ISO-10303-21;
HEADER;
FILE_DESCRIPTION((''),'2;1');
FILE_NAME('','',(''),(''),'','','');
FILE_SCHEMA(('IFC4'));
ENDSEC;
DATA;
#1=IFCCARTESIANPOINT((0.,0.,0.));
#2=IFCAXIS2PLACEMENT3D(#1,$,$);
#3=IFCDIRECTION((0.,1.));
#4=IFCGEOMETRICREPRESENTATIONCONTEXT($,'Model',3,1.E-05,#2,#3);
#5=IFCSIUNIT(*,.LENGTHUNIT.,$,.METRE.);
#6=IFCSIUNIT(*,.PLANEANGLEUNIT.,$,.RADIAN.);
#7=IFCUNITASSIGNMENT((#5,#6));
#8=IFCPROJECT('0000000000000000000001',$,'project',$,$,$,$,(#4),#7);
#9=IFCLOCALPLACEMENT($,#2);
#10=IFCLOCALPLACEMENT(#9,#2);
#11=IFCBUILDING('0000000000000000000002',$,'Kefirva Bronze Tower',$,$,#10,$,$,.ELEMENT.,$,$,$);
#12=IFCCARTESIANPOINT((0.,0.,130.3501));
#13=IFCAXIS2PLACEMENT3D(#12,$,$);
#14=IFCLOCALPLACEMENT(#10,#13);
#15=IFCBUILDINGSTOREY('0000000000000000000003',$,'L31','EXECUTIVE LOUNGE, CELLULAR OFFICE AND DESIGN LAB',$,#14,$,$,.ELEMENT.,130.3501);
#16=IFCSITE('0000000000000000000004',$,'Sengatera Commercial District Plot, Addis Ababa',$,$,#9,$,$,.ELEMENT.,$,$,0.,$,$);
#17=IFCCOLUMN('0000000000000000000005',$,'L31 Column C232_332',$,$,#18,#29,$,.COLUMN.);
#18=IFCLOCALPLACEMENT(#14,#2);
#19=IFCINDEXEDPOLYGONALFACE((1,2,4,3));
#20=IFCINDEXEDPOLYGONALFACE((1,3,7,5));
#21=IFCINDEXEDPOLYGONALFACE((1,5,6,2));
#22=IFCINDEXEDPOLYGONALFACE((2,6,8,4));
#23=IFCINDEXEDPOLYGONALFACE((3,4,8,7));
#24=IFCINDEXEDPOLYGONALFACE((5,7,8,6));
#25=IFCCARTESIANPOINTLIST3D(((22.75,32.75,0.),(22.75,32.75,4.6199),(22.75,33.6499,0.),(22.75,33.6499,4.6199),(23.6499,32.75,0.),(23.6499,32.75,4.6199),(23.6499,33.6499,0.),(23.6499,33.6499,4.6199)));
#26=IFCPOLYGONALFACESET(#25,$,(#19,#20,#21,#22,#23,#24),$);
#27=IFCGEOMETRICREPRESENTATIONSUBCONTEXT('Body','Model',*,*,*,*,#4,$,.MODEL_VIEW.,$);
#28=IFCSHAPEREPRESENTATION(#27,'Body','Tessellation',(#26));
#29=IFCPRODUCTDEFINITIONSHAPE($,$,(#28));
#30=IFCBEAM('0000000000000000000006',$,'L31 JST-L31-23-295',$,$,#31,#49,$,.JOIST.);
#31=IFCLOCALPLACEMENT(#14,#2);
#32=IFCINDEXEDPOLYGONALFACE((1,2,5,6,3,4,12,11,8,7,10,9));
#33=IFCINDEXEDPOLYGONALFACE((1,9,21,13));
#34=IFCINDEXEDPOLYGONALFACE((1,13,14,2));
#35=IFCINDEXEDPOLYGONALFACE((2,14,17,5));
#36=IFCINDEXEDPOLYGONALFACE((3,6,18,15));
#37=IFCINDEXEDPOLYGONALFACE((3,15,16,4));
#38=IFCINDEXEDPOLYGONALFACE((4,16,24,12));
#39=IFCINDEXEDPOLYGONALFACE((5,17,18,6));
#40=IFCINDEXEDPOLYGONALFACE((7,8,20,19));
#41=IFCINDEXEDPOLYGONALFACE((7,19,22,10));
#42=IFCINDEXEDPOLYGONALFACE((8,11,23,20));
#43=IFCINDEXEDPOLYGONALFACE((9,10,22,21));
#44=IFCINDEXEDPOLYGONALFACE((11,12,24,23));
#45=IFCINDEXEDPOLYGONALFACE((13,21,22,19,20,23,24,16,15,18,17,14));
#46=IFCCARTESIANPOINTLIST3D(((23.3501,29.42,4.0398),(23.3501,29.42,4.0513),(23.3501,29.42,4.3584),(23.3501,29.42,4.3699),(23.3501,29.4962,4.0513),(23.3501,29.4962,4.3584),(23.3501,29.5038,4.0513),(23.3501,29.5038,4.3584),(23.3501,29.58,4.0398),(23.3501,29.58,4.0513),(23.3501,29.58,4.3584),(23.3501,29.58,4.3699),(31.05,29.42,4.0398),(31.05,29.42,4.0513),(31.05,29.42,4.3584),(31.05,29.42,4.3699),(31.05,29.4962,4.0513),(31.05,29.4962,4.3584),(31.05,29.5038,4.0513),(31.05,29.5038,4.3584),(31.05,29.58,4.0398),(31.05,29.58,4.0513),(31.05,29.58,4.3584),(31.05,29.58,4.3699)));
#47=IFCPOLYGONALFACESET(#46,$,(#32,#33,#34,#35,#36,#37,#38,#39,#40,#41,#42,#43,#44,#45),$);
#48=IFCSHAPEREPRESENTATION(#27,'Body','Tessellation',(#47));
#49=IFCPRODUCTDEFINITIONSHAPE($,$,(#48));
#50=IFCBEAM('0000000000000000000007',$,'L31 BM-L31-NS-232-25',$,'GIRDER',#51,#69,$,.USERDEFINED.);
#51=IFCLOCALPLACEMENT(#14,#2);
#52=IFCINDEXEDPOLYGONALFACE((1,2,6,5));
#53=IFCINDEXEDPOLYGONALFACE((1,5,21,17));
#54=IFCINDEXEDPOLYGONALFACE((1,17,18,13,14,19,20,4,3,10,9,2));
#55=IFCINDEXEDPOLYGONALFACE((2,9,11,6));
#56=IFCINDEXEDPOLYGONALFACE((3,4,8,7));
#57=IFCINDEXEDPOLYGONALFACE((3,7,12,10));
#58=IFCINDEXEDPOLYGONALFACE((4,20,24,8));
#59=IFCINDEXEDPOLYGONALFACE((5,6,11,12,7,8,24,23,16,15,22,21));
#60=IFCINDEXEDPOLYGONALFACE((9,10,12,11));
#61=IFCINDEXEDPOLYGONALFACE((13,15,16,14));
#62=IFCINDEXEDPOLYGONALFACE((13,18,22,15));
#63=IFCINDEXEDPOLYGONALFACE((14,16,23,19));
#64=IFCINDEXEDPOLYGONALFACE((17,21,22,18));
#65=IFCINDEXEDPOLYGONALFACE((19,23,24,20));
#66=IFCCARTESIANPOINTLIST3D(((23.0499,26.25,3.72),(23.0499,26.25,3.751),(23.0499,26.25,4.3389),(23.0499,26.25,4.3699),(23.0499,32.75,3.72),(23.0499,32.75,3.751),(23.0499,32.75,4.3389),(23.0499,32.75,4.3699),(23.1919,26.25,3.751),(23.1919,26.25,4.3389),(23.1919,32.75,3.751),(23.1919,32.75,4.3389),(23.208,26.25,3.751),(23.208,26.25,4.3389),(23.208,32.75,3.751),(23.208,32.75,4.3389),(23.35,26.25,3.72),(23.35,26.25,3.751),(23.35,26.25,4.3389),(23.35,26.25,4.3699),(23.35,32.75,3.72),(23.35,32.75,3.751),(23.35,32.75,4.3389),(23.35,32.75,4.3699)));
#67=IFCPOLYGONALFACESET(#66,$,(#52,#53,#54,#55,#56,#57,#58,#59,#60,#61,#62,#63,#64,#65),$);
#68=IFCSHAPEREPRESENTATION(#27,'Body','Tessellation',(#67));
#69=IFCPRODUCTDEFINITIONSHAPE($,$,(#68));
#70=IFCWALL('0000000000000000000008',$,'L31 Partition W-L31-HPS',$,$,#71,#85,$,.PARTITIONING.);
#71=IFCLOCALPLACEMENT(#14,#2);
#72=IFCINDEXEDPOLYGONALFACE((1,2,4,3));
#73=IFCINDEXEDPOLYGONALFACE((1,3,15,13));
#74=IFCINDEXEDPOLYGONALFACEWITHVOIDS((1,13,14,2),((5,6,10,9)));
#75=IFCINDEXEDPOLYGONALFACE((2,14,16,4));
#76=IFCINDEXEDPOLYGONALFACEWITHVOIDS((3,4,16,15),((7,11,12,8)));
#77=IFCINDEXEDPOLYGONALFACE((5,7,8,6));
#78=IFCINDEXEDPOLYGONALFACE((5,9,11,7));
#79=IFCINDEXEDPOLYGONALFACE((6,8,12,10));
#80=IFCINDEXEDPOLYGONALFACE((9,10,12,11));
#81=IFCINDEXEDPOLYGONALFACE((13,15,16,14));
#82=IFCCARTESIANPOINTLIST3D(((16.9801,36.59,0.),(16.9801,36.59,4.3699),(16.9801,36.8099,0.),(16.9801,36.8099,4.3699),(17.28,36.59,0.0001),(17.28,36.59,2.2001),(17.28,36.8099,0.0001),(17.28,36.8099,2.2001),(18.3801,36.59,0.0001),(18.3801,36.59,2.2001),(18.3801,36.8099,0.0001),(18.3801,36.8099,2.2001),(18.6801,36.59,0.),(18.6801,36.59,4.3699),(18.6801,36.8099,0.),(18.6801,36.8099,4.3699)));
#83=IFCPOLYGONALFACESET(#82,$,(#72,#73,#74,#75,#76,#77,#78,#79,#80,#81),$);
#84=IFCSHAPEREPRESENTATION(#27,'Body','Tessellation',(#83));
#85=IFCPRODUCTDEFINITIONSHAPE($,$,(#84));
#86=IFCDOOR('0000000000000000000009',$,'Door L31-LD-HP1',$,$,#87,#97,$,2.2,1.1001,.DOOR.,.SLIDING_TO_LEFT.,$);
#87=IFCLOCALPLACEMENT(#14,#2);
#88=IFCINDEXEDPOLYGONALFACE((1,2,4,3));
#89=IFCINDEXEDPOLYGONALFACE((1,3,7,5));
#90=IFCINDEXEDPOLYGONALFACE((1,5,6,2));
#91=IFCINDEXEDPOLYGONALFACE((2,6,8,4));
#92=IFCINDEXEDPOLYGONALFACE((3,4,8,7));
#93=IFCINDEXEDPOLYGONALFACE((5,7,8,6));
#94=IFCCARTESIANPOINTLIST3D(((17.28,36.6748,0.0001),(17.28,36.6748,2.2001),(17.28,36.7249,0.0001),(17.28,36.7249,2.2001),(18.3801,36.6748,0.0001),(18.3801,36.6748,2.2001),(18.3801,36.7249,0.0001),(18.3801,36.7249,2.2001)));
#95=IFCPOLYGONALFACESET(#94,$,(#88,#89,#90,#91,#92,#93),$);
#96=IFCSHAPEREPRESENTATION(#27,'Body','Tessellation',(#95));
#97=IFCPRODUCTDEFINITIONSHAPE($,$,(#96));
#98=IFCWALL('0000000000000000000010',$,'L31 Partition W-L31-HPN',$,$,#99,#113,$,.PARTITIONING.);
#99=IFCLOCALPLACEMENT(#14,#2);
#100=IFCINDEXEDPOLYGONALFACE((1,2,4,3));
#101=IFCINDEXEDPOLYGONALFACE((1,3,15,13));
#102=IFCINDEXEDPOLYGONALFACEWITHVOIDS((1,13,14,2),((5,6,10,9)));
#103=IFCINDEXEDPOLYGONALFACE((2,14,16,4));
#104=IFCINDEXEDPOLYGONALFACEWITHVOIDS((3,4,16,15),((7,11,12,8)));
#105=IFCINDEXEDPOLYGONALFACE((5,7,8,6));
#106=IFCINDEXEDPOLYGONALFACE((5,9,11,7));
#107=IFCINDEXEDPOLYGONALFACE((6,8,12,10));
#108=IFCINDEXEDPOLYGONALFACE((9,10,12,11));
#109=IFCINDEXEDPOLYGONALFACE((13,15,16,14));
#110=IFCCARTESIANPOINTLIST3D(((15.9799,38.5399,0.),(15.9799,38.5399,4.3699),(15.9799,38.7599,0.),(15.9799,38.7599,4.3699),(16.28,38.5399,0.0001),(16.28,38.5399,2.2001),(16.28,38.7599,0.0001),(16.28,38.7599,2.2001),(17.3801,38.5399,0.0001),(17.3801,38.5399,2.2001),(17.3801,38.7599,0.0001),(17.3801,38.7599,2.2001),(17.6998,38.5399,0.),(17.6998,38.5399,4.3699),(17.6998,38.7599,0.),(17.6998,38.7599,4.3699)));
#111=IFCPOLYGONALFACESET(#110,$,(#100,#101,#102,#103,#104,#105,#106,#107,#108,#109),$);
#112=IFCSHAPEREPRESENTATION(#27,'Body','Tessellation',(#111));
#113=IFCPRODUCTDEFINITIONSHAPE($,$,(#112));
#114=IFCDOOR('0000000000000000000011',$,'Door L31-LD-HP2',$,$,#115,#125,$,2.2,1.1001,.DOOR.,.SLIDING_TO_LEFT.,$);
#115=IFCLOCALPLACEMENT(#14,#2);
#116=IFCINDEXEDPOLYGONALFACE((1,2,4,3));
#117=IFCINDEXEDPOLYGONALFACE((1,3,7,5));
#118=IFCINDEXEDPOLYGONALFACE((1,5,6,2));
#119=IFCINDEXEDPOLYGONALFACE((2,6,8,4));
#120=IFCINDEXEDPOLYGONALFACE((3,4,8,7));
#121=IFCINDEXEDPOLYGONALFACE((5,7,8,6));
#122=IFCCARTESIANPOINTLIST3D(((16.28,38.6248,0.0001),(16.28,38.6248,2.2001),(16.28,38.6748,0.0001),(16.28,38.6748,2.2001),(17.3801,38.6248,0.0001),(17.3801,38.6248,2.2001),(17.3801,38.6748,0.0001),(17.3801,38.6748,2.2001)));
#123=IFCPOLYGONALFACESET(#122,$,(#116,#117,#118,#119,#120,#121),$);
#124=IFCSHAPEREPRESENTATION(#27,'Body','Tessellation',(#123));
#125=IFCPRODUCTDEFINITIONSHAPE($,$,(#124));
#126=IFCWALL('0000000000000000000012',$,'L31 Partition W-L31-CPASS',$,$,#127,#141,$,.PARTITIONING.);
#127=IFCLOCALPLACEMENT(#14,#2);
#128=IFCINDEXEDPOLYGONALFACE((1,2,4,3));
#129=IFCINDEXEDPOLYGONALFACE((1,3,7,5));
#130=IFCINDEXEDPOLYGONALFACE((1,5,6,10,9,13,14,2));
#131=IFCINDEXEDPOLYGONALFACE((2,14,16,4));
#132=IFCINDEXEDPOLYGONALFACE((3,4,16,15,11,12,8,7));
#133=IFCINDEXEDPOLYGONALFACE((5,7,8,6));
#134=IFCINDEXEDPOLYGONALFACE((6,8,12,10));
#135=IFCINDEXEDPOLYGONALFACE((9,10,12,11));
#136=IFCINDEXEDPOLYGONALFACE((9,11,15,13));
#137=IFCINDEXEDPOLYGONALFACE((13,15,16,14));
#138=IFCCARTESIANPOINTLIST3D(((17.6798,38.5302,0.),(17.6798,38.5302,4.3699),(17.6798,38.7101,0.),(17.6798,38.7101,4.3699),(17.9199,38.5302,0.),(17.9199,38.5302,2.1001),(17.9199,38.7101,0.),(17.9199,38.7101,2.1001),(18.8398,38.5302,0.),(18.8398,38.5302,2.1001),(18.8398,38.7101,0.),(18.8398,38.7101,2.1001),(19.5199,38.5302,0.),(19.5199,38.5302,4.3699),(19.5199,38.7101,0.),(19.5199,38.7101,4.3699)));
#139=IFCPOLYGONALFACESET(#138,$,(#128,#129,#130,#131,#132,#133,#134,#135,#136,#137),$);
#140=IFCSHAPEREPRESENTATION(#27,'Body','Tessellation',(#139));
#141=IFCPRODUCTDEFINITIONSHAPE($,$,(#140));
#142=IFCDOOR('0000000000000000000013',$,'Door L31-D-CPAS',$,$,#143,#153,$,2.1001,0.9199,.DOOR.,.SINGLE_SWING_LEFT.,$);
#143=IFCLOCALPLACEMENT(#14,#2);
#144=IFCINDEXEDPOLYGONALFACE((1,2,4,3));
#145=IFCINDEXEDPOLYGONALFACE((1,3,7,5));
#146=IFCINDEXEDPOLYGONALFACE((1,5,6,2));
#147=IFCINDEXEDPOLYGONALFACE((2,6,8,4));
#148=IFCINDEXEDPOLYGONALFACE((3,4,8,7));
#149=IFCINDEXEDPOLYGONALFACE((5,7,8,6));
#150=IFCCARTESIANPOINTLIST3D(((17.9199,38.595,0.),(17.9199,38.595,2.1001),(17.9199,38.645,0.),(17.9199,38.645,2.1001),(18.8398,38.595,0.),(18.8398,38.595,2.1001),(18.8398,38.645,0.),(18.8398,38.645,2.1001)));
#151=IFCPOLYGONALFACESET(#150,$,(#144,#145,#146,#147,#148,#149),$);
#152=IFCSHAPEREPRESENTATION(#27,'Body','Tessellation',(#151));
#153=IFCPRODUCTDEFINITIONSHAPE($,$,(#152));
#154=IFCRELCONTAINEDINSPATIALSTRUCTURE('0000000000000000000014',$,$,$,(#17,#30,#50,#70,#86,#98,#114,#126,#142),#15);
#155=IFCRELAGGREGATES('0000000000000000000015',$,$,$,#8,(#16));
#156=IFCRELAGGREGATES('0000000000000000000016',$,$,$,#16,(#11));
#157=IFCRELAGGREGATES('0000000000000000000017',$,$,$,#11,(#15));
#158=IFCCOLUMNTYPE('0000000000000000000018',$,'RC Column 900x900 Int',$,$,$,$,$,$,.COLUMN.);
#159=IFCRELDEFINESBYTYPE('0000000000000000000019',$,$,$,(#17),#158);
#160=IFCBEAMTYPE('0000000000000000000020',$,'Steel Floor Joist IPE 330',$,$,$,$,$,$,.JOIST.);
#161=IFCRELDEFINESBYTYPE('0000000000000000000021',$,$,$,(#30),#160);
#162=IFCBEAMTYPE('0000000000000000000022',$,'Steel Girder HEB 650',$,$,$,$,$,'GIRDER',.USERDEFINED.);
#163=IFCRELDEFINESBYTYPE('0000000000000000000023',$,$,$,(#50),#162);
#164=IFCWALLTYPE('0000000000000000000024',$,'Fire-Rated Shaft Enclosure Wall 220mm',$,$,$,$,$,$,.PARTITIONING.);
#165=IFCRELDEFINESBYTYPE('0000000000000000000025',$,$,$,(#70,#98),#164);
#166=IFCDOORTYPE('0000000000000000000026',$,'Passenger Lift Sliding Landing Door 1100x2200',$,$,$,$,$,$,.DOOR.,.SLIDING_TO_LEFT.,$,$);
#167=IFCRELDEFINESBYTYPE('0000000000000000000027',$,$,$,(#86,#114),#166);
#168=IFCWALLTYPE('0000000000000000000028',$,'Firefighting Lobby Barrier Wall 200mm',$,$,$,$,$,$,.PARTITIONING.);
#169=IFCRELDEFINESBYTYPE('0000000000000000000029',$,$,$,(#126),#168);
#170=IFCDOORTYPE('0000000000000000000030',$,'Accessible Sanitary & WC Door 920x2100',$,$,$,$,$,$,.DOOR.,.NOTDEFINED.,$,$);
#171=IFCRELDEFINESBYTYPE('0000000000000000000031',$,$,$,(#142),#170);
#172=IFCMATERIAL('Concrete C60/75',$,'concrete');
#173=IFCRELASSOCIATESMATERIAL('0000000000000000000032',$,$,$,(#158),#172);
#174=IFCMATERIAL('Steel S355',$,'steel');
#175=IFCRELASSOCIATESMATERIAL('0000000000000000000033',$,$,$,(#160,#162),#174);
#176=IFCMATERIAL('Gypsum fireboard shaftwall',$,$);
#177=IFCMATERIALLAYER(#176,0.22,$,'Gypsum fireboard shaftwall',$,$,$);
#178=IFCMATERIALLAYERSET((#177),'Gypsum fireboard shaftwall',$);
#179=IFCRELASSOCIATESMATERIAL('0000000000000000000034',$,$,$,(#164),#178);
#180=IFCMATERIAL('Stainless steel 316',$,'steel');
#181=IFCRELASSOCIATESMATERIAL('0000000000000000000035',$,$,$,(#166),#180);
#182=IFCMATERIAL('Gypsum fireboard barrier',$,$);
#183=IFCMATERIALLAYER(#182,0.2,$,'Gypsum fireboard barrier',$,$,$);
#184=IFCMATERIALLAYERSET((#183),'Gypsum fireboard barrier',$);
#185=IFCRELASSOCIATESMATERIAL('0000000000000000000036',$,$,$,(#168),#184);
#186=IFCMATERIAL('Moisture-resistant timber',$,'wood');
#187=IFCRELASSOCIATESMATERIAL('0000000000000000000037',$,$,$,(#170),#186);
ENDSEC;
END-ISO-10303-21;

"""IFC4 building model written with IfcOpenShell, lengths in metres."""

from ifc_helpers import new_model, si_unit, direction, frame, frame_2d, origin, origin_2d, place, context, subcontext, project, spatial, rectangle, i_section, extrude, material, layer, layer_set, material_profile, profile_set, type_object, element, fill, save


model = new_model("IFC4")

# Units and contexts
model_context = context("Model", 3, precision=1e-05, world=origin(), true_north=direction((0.0, 1.0)))
body_context = subcontext(model_context, "Body", "Model", "MODEL_VIEW")
ifc_project = project(units=[si_unit("LENGTHUNIT", "METRE"), si_unit("PLANEANGLEUNIT", "RADIAN")], contexts=[model_context])

# Site, building, storey
site_placement = place(None, origin())
site = spatial("IfcSite", under=ifc_project, at=site_placement, Name="Sengatera Commercial District Plot, Addis Ababa", CompositionType="ELEMENT", RefElevation=0.0)
building_placement = place(site_placement, origin())
building = spatial("IfcBuilding", under=site, at=building_placement, Name="Kefirva Bronze Tower", CompositionType="ELEMENT")
storey_placement = place(building_placement, frame((0.0, 0.0, 130.3501)))
storey = spatial("IfcBuildingStorey", under=building, at=storey_placement, Name="L31", Description="EXECUTIVE LOUNGE, CELLULAR OFFICE AND DESIGN LAB", CompositionType="ELEMENT", Elevation=130.3501)

# Column
ifc_material_1 = material(Name="Concrete C60/75", Category="concrete")
ifc_material_profile_1 = material_profile(ifc_material_1, rectangle(XDim=0.8999, YDim=0.8999, at=origin_2d()), Name="RC 900x900")
ifc_profile_set_1 = profile_set([ifc_material_profile_1], Name="Concrete C60/75")
column_type = type_object("IfcColumnType", Name="RC Column 900x900 Int", PredefinedType="COLUMN", material=ifc_profile_set_1)
column_placement = place(storey_placement, frame((23.2, 33.2, 0.0), z_axis=(0.0, 0.0, 1.0), x_axis=(1.0, 0.0, 0.0)))
element("IfcColumn", 1, at=column_placement, inside=storey, type_object=column_type, Name="L31 Column C232_332", PredefinedType="COLUMN", context=body_context, shape_type="SweptSolid", body=[
    extrude(rectangle(XDim=0.8999, YDim=0.8999, at=origin_2d()), origin(), (0.0, 0.0, 1.0), 4.6199),
])

# Beams
ifc_material_2 = material(Name="Steel S355", Category="steel")
ifc_material_profile_2 = material_profile(ifc_material_2, i_section(OverallWidth=0.1599, OverallDepth=0.3301, WebThickness=0.0076, FlangeThickness=0.0115, at=origin_2d()), Name="IPE 330")
ifc_profile_set_2 = profile_set([ifc_material_profile_2], Name="Steel S355")
beam_type_1 = type_object("IfcBeamType", Name="Steel Floor Joist IPE 330", PredefinedType="JOIST", material=ifc_profile_set_2)
beam_1_placement = place(storey_placement, frame((23.3501, 29.5, 4.2048), z_axis=(1.0, 0.0, 0.0), x_axis=(0.0, 1.0, 0.0)))
element("IfcBeam", 2, at=beam_1_placement, inside=storey, type_object=beam_type_1, Name="L31 JST-L31-23-295", PredefinedType="JOIST", context=body_context, shape_type="SweptSolid", body=[
    extrude(i_section(OverallWidth=0.1599, OverallDepth=0.3301, WebThickness=0.0076, FlangeThickness=0.0115, at=origin_2d()), origin(), (0.0, 0.0, 1.0), 7.7),
])
ifc_material_profile_3 = material_profile(ifc_material_2, i_section(OverallWidth=0.3, OverallDepth=0.6499, WebThickness=0.0161, FlangeThickness=0.031, at=origin_2d()), Name="HEB 650")
ifc_profile_set_3 = profile_set([ifc_material_profile_3], Name="Steel S355")
beam_type_2 = type_object("IfcBeamType", Name="Steel Girder HEB 650", ElementType="GIRDER", PredefinedType="USERDEFINED", material=ifc_profile_set_3)
beam_2_placement = place(storey_placement, frame((23.2, 26.25, 4.0449), z_axis=(0.0, 1.0, 0.0), x_axis=(-1.0, 0.0, 0.0)))
element("IfcBeam", 3, at=beam_2_placement, inside=storey, type_object=beam_type_2, Name="L31 BM-L31-NS-232-25", ObjectType="GIRDER", PredefinedType="USERDEFINED", context=body_context, shape_type="SweptSolid", body=[
    extrude(i_section(OverallWidth=0.3, OverallDepth=0.6499, WebThickness=0.0161, FlangeThickness=0.031, at=origin_2d()), origin(), (0.0, 0.0, 1.0), 6.5),
])

# Walls, openings, doors
ifc_material_3 = material(Name="Gypsum fireboard shaftwall")
ifc_layer_1 = layer(ifc_material_3, 0.22, Name="Gypsum fireboard shaftwall")
ifc_layer_set_1 = layer_set([ifc_layer_1], Name="Gypsum fireboard shaftwall")
wall_type_1 = type_object("IfcWallType", Name="Fire-Rated Shaft Enclosure Wall 220mm", PredefinedType="PARTITIONING", material=ifc_layer_set_1)
wall_1_placement = place(storey_placement, frame((16.98, 36.7, 0.0), z_axis=(0.0, 0.0, 1.0), x_axis=(1.0, 0.0, 0.0)))
wall_1 = element("IfcWall", 4, at=wall_1_placement, inside=storey, type_object=wall_type_1, Name="L31 Partition W-L31-HPS", PredefinedType="PARTITIONING", context=body_context, shape_type="SweptSolid", body=[
    extrude(rectangle(XDim=1.7, YDim=0.22, at=frame_2d((0.8501, 0.0))), origin(), (0.0, 0.0, 1.0), 4.3699),
])
opening_1_placement = place(wall_1_placement, frame((0.3, 0.0, 0.0)))
opening_1 = element("IfcOpeningElement", 5, at=opening_1_placement, cuts=wall_1, PredefinedType="OPENING", context=body_context, shape_type="SweptSolid", body=[
    extrude(rectangle(XDim=1.1001, YDim=2.2, at=frame_2d((0.55, 1.1001))), frame((0.0, 0.1201, 0.0), z_axis=(0.0, -1.0, 0.0), x_axis=(1.0, 0.0, 0.0)), (0.0, 0.0, 1.0), 0.24),
])
ifc_material_4 = material(Name="Stainless steel 316", Category="steel")
door_type_1 = type_object("IfcDoorType", Name="Passenger Lift Sliding Landing Door 1100x2200", OperationType="SLIDING_TO_LEFT", PredefinedType="DOOR", material=ifc_material_4)
door_1_placement = place(opening_1_placement, origin())
door_1 = element("IfcDoor", 6, at=door_1_placement, inside=storey, type_object=door_type_1, Name="Door L31-LD-HP1", OperationType="SLIDING_TO_LEFT", OverallHeight=2.2, OverallWidth=1.1001, PredefinedType="DOOR", context=body_context, shape_type="SweptSolid", body=[
    extrude(rectangle(XDim=1.1001, YDim=2.2, at=frame_2d((0.55, 1.1001))), frame((0.0, 0.0249, 0.0), z_axis=(0.0, -1.0, 0.0), x_axis=(1.0, 0.0, 0.0)), (0.0, 0.0, 1.0), 0.05),
])
fill(opening_1, door_1)
wall_2_placement = place(storey_placement, frame((15.98, 38.6499, 0.0), z_axis=(0.0, 0.0, 1.0), x_axis=(1.0, 0.0, 0.0)))
wall_2 = element("IfcWall", 7, at=wall_2_placement, inside=storey, type_object=wall_type_1, Name="L31 Partition W-L31-HPN", PredefinedType="PARTITIONING", context=body_context, shape_type="SweptSolid", body=[
    extrude(rectangle(XDim=1.72, YDim=0.22, at=frame_2d((0.8599, 0.0))), origin(), (0.0, 0.0, 1.0), 4.3699),
])
opening_2_placement = place(wall_2_placement, frame((0.3, 0.0, 0.0)))
opening_2 = element("IfcOpeningElement", 8, at=opening_2_placement, cuts=wall_2, PredefinedType="OPENING", context=body_context, shape_type="SweptSolid", body=[
    extrude(rectangle(XDim=1.1001, YDim=2.2, at=frame_2d((0.55, 1.1001))), frame((0.0, 0.1201, 0.0), z_axis=(0.0, -1.0, 0.0), x_axis=(1.0, 0.0, 0.0)), (0.0, 0.0, 1.0), 0.24),
])
door_2_placement = place(opening_2_placement, origin())
door_2 = element("IfcDoor", 9, at=door_2_placement, inside=storey, type_object=door_type_1, Name="Door L31-LD-HP2", OperationType="SLIDING_TO_LEFT", OverallHeight=2.2, OverallWidth=1.1001, PredefinedType="DOOR", context=body_context, shape_type="SweptSolid", body=[
    extrude(rectangle(XDim=1.1001, YDim=2.2, at=frame_2d((0.55, 1.1001))), frame((0.0, 0.0249, 0.0), z_axis=(0.0, -1.0, 0.0), x_axis=(1.0, 0.0, 0.0)), (0.0, 0.0, 1.0), 0.05),
])
fill(opening_2, door_2)
ifc_material_5 = material(Name="Gypsum fireboard barrier")
ifc_layer_2 = layer(ifc_material_5, 0.2, Name="Gypsum fireboard barrier")
ifc_layer_set_2 = layer_set([ifc_layer_2], Name="Gypsum fireboard barrier")
wall_type_2 = type_object("IfcWallType", Name="Firefighting Lobby Barrier Wall 200mm", PredefinedType="PARTITIONING", material=ifc_layer_set_2)
wall_3_placement = place(storey_placement, frame((17.6799, 38.6201, 0.0), z_axis=(0.0, 0.0, 1.0), x_axis=(1.0, 0.0, 0.0)))
wall_3 = element("IfcWall", 10, at=wall_3_placement, inside=storey, type_object=wall_type_2, Name="L31 Partition W-L31-CPASS", PredefinedType="PARTITIONING", context=body_context, shape_type="SweptSolid", body=[
    extrude(rectangle(XDim=1.8401, YDim=0.1799, at=frame_2d((0.9199, 0.0))), origin(), (0.0, 0.0, 1.0), 4.3699),
])
opening_3_placement = place(wall_3_placement, frame((0.24, 0.0, 0.0)))
opening_3 = element("IfcOpeningElement", 11, at=opening_3_placement, cuts=wall_3, PredefinedType="OPENING", context=body_context, shape_type="SweptSolid", body=[
    extrude(rectangle(XDim=0.9199, YDim=2.1001, at=frame_2d((0.46, 1.05))), frame((0.0, 0.1001, 0.0), z_axis=(0.0, -1.0, 0.0), x_axis=(1.0, 0.0, 0.0)), (0.0, 0.0, 1.0), 0.2),
])
ifc_material_6 = material(Name="Moisture-resistant timber", Category="wood")
door_type_2 = type_object("IfcDoorType", Name="Accessible Sanitary & WC Door 920x2100", OperationType="NOTDEFINED", PredefinedType="DOOR", material=ifc_material_6)
door_3_placement = place(opening_3_placement, origin())
door_3 = element("IfcDoor", 12, at=door_3_placement, inside=storey, type_object=door_type_2, Name="Door L31-D-CPAS", OperationType="SINGLE_SWING_LEFT", OverallHeight=2.1001, OverallWidth=0.9199, PredefinedType="DOOR", context=body_context, shape_type="SweptSolid", body=[
    extrude(rectangle(XDim=0.9199, YDim=2.1001, at=frame_2d((0.46, 1.05))), frame((0.0, 0.0249, 0.0), z_axis=(0.0, -1.0, 0.0), x_axis=(1.0, 0.0, 0.0)), (0.0, 0.0, 1.0), 0.05),
])
fill(opening_3, door_3)

save(model, "model.ifc")
